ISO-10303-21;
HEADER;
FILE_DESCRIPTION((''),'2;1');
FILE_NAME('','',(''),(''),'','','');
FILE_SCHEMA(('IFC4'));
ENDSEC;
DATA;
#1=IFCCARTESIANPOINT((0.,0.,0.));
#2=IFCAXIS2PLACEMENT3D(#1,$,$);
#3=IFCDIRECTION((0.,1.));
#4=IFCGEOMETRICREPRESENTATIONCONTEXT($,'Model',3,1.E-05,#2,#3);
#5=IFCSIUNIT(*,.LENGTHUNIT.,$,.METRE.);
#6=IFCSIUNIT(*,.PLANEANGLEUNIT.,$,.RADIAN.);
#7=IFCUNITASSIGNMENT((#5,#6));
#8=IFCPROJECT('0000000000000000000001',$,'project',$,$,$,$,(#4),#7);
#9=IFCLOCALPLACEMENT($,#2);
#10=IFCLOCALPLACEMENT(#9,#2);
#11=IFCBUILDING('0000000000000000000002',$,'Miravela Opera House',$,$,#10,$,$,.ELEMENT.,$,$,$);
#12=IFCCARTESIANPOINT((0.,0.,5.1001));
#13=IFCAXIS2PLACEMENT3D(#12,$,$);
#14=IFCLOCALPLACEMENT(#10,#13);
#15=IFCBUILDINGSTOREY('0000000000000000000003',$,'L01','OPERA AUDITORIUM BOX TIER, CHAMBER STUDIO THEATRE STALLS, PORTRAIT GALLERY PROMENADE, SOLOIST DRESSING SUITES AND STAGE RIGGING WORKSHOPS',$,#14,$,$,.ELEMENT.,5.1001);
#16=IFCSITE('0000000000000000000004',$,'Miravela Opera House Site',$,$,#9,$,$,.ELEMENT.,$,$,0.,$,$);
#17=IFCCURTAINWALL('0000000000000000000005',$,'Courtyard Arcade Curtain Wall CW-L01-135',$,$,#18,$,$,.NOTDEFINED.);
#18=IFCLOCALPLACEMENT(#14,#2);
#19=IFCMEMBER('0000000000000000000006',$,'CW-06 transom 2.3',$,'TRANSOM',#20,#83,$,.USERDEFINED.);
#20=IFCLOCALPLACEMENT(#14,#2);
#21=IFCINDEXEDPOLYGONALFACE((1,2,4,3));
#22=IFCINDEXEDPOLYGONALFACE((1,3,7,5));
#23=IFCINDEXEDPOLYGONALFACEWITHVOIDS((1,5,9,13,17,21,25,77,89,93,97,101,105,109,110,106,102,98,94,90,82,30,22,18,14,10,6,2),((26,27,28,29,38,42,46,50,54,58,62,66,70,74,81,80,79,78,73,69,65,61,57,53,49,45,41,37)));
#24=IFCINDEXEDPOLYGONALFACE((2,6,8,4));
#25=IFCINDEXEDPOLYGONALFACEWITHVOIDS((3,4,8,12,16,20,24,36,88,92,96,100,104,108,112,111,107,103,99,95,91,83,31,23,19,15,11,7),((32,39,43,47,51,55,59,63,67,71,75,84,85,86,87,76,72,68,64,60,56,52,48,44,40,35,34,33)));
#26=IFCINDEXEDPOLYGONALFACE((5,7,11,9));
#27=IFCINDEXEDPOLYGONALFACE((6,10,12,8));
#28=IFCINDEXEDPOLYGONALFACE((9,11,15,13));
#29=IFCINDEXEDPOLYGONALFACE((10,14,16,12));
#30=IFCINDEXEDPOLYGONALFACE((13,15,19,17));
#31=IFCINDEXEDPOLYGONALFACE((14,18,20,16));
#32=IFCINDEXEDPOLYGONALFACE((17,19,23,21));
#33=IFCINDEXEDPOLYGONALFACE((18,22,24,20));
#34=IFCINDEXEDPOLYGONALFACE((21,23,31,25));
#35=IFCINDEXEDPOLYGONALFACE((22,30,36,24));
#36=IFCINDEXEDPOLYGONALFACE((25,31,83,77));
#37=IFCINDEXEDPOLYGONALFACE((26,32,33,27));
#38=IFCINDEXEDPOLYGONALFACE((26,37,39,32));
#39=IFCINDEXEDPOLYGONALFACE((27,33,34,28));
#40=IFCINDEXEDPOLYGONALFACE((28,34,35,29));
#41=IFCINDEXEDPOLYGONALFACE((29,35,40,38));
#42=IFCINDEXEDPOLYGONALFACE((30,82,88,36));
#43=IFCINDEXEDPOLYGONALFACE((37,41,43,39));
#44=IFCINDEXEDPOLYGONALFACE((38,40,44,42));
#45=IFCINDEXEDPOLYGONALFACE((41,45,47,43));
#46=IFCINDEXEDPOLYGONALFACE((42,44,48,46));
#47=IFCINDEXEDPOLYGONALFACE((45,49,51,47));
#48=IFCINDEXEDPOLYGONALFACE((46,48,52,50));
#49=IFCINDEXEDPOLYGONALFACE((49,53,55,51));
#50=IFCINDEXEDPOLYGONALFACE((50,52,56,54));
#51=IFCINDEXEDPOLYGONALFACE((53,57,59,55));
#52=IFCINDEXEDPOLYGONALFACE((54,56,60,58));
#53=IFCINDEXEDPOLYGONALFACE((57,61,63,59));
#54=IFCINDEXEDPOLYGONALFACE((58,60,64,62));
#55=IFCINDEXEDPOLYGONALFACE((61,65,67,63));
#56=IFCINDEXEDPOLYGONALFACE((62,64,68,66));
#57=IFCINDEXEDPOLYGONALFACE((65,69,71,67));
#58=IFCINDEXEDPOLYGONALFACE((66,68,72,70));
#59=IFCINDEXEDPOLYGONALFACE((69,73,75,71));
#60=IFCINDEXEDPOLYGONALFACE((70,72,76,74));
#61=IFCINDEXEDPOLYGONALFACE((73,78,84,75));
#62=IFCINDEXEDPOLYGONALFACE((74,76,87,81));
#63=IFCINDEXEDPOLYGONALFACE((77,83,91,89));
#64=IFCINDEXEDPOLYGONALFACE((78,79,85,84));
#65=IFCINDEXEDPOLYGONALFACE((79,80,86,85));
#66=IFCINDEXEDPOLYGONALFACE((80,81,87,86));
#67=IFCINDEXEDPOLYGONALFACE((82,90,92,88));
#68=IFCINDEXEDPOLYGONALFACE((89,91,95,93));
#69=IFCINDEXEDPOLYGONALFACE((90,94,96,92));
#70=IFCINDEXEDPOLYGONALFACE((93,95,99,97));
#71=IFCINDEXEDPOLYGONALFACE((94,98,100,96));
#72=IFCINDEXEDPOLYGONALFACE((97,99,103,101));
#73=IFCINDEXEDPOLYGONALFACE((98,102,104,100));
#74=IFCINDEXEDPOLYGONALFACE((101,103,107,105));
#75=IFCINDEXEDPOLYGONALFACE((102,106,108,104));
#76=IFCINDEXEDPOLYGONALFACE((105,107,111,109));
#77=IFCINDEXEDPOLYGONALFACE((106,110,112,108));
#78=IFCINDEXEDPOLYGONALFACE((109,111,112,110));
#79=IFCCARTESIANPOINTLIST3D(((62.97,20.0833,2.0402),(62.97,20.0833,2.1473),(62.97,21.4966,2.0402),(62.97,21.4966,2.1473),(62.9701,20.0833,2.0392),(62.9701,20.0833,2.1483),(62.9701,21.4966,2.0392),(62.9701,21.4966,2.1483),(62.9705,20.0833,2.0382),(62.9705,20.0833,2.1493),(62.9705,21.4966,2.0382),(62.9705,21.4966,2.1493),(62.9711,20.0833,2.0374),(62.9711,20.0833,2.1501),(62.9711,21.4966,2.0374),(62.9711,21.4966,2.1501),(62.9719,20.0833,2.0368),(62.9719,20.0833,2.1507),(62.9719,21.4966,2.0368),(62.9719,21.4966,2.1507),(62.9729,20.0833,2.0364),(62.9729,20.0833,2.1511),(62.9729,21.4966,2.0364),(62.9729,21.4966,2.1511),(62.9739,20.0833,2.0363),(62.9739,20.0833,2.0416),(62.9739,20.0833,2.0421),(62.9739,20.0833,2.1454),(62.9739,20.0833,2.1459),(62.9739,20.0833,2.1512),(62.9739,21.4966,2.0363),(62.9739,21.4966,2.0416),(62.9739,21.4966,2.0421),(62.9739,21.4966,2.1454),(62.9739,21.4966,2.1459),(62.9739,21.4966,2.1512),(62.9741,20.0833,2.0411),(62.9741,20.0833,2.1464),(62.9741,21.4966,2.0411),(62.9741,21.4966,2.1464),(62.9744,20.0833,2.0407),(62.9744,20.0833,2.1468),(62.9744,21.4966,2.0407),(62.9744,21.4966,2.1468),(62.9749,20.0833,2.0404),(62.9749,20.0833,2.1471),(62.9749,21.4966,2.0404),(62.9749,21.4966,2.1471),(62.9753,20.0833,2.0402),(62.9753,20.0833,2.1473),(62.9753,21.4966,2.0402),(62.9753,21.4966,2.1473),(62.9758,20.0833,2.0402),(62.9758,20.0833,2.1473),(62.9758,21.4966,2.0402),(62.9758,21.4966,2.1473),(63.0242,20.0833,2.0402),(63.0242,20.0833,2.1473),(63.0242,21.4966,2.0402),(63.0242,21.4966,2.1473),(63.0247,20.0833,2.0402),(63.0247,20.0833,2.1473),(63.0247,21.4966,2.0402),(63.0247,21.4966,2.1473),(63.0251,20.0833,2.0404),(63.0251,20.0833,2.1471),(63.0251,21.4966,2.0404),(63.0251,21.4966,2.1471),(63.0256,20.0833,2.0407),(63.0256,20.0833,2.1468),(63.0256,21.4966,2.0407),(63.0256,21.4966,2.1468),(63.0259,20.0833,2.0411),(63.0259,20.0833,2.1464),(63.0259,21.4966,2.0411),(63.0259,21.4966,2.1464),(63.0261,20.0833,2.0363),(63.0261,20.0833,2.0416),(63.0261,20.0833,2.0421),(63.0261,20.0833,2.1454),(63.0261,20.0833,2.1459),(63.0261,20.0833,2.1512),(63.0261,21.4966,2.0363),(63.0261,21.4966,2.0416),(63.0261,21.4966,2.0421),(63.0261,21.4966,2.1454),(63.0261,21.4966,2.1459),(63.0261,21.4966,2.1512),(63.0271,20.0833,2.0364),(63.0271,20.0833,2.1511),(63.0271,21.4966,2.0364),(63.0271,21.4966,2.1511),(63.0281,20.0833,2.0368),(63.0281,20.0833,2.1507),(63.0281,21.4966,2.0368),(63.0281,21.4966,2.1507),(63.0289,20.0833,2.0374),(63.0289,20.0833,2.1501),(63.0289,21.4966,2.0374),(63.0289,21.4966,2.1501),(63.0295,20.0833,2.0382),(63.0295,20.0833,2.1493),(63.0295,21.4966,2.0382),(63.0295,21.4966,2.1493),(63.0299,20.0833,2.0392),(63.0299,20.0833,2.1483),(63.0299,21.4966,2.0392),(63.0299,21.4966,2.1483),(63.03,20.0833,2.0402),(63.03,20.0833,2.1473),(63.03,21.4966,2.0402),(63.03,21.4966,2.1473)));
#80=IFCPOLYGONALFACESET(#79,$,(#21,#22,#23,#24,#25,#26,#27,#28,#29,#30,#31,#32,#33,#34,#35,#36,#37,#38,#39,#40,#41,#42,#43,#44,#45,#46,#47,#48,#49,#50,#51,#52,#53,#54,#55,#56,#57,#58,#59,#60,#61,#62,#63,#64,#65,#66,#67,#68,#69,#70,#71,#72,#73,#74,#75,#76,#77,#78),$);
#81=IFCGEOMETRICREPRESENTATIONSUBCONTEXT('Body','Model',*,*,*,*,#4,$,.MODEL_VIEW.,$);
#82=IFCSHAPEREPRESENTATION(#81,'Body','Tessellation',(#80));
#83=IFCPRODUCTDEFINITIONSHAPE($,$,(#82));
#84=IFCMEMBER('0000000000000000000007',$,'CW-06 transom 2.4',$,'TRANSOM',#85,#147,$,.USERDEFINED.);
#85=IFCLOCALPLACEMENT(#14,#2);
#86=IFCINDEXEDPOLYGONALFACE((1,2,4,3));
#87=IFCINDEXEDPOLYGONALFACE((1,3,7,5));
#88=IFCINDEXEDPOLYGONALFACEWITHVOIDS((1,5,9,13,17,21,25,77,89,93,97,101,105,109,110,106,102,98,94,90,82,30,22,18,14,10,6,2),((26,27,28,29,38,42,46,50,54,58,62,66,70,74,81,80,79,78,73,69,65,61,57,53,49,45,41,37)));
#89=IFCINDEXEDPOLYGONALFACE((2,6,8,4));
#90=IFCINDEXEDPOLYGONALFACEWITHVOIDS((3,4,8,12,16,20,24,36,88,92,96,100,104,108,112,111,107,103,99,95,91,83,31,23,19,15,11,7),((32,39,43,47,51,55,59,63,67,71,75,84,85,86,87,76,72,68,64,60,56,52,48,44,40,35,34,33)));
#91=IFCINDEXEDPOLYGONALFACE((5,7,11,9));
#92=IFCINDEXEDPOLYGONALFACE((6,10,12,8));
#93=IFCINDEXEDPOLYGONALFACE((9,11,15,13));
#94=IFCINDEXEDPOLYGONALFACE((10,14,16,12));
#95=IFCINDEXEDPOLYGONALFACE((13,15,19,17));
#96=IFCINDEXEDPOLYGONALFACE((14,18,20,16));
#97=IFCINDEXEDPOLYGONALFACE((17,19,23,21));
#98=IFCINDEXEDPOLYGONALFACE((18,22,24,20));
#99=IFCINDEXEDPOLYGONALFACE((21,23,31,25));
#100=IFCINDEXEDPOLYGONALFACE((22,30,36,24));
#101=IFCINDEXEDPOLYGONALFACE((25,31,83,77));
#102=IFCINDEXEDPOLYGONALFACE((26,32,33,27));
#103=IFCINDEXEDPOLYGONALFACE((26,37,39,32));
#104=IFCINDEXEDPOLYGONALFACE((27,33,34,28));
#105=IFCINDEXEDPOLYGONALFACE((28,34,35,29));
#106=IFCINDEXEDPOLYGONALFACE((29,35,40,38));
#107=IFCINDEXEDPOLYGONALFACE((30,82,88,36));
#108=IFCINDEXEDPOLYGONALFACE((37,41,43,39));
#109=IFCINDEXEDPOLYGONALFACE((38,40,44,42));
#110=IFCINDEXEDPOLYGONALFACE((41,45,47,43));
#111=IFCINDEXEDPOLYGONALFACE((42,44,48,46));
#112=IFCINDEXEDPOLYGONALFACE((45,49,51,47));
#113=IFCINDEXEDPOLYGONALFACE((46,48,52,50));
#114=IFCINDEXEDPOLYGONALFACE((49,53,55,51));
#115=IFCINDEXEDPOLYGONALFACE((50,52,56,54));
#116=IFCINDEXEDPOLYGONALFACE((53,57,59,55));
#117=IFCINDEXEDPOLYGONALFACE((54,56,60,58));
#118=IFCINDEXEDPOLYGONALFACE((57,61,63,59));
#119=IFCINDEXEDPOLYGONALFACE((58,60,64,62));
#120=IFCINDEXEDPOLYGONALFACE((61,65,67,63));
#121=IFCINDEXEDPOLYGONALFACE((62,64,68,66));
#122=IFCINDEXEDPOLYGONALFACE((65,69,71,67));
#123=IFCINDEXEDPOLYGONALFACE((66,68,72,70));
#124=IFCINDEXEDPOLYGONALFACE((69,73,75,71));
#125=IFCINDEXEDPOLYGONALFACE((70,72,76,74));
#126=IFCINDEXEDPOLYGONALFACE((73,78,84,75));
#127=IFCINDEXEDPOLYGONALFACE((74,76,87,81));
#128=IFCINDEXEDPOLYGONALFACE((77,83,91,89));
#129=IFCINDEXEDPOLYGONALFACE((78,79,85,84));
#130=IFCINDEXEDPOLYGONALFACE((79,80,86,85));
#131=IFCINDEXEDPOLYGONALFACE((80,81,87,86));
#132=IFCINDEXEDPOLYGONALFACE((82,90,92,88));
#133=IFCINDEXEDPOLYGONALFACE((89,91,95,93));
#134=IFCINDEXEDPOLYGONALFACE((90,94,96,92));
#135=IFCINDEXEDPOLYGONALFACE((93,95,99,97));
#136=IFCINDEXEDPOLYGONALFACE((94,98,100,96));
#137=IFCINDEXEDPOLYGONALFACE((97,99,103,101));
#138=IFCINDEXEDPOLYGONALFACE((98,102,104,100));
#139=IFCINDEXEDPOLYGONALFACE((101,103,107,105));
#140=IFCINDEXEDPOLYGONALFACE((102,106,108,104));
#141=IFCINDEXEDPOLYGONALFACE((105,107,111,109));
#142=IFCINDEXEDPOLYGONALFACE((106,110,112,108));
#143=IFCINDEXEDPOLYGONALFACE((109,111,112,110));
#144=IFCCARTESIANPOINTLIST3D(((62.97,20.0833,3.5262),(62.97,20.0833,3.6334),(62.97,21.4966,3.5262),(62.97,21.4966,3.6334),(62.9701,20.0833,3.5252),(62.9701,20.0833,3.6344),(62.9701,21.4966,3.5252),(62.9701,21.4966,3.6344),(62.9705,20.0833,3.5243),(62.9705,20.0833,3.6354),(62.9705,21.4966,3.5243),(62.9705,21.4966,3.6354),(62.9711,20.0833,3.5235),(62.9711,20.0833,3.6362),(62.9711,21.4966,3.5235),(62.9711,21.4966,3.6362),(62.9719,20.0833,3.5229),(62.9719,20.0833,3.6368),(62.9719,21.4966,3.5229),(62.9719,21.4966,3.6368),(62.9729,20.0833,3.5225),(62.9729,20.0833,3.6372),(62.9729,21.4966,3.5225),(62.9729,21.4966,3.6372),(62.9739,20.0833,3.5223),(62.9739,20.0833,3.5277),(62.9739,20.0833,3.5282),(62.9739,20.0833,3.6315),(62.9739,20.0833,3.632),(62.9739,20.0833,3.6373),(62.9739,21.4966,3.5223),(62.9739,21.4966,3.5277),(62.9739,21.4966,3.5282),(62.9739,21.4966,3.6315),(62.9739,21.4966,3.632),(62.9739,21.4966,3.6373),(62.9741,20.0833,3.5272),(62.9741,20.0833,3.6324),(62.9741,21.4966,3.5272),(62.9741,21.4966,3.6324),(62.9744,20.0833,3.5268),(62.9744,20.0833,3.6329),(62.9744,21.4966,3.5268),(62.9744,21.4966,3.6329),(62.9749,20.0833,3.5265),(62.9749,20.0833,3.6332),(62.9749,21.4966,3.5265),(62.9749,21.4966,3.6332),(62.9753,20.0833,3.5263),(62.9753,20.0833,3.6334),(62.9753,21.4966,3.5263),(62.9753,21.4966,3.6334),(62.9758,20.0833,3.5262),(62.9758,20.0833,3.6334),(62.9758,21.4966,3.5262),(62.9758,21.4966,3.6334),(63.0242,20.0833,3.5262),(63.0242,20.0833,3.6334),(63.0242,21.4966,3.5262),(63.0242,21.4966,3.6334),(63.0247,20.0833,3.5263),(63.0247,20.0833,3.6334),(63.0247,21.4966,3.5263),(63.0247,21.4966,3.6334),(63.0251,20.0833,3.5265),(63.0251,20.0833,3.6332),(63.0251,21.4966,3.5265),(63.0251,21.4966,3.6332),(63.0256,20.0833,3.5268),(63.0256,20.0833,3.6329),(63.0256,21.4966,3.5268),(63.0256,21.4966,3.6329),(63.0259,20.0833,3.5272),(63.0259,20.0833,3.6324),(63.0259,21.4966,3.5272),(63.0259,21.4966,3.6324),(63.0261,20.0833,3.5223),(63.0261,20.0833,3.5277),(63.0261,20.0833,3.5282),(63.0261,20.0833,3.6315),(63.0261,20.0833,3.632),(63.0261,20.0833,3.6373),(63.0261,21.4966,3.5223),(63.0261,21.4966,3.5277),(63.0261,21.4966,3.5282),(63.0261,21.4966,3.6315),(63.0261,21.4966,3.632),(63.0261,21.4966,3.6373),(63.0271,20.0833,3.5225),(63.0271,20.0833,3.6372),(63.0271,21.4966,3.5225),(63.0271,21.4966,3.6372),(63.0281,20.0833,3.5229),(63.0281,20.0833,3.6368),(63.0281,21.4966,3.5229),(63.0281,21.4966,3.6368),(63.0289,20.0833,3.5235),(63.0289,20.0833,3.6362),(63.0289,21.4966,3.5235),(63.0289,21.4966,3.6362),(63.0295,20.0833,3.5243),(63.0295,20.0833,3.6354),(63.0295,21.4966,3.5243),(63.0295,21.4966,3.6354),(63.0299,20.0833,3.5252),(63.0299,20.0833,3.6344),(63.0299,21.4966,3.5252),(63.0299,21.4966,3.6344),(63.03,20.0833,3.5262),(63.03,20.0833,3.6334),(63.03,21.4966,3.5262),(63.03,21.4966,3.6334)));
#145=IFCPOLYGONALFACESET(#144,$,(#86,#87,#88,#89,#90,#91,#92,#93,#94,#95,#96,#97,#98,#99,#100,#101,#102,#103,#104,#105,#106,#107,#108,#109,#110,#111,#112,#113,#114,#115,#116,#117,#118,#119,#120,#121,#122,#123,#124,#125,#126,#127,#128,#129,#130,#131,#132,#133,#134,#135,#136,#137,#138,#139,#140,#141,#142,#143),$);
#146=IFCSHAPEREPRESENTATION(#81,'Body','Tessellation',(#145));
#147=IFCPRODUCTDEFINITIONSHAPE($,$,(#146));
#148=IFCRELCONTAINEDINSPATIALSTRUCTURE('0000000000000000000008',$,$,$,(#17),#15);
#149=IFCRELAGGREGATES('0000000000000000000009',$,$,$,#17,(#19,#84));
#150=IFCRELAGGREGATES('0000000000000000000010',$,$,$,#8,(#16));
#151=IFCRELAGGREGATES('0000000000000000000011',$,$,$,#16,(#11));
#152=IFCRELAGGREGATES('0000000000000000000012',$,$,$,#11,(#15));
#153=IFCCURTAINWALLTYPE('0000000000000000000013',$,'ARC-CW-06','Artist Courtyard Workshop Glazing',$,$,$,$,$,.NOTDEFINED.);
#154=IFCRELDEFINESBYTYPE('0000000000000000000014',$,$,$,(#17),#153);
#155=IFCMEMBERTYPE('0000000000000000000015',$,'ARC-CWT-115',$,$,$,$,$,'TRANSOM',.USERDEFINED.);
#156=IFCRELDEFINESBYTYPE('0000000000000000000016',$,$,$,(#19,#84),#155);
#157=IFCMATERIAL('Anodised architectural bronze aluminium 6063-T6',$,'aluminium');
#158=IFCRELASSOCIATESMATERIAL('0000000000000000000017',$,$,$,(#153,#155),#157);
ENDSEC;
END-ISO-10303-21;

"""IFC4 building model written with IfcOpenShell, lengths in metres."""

from ifc_helpers import new_model, si_unit, direction, frame, origin, origin_2d, place, context, subcontext, project, spatial, hollow_rectangle, extrude, material, material_profile, profile_set, type_object, element, aggregate, save


model = new_model("IFC4")

# Units and contexts
model_context = context("Model", 3, precision=1e-05, world=origin(), true_north=direction((0.0, 1.0)))
body_context = subcontext(model_context, "Body", "Model", "MODEL_VIEW")
ifc_project = project(units=[si_unit("LENGTHUNIT", "METRE"), si_unit("PLANEANGLEUNIT", "RADIAN")], contexts=[model_context])

# Site, building, storey
site_placement = place(None, origin())
site = spatial("IfcSite", under=ifc_project, at=site_placement, Name="Miravela Opera House Site", CompositionType="ELEMENT", RefElevation=0.0)
building_placement = place(site_placement, origin())
building = spatial("IfcBuilding", under=site, at=building_placement, Name="Miravela Opera House", CompositionType="ELEMENT")
storey_placement = place(building_placement, frame((0.0, 0.0, 5.1001)))
storey = spatial("IfcBuildingStorey", under=building, at=storey_placement, Name="L01", Description="OPERA AUDITORIUM BOX TIER, CHAMBER STUDIO THEATRE STALLS, PORTRAIT GALLERY PROMENADE, SOLOIST DRESSING SUITES AND STAGE RIGGING WORKSHOPS", CompositionType="ELEMENT", Elevation=5.1001)

# Shared definitions
ifc_material_1 = material(Name="Anodised architectural bronze aluminium 6063-T6", Category="aluminium")
curtain_wall_type = type_object("IfcCurtainWallType", Name="ARC-CW-06", Description="Artist Courtyard Workshop Glazing", PredefinedType="NOTDEFINED", material=ifc_material_1)

# Curtain wall, members
curtain_wall_1_placement = place(storey_placement, origin())
curtain_wall_1 = element("IfcCurtainWall", 1, at=curtain_wall_1_placement, inside=storey, type_object=curtain_wall_type, Name="Courtyard Arcade Curtain Wall CW-L01-135", PredefinedType="NOTDEFINED")
ifc_material_profile_1 = material_profile(ifc_material_1, hollow_rectangle(XDim=0.0601, YDim=0.115, WallThickness=0.0039, InnerFilletRadius=0.002, OuterFilletRadius=0.0039, at=origin_2d()), Name="CWT-60X115")
ifc_profile_set_1 = profile_set([ifc_material_profile_1])
member_type_1 = type_object("IfcMemberType", Name="ARC-CWT-115", ElementType="TRANSOM", PredefinedType="USERDEFINED", material=ifc_profile_set_1)
member_1_placement = place(storey_placement, frame((63.0, 20.0833, 2.0938), z_axis=(0.0, 1.0, 0.0), x_axis=(-1.0, 0.0, 0.0)))
member_1 = element("IfcMember", 2, at=member_1_placement, type_object=member_type_1, Name="CW-06 transom 2.3", ObjectType="TRANSOM", PredefinedType="USERDEFINED", context=body_context, shape_type="SweptSolid", body=[
    extrude(hollow_rectangle(XDim=0.0601, YDim=0.115, WallThickness=0.0039, InnerFilletRadius=0.002, OuterFilletRadius=0.0039, at=origin_2d()), origin(), (0.0, 0.0, 1.0), 1.4133),
])
member_2_placement = place(storey_placement, frame((63.0, 20.0833, 3.5798), z_axis=(0.0, 1.0, 0.0), x_axis=(-1.0, 0.0, 0.0)))
member_2 = element("IfcMember", 3, at=member_2_placement, type_object=member_type_1, Name="CW-06 transom 2.4", ObjectType="TRANSOM", PredefinedType="USERDEFINED", context=body_context, shape_type="SweptSolid", body=[
    extrude(hollow_rectangle(XDim=0.0601, YDim=0.115, WallThickness=0.0039, InnerFilletRadius=0.002, OuterFilletRadius=0.0039, at=origin_2d()), origin(), (0.0, 0.0, 1.0), 1.4133),
])

aggregate(curtain_wall_1, [member_1, member_2])

save(model, "model.ifc")
